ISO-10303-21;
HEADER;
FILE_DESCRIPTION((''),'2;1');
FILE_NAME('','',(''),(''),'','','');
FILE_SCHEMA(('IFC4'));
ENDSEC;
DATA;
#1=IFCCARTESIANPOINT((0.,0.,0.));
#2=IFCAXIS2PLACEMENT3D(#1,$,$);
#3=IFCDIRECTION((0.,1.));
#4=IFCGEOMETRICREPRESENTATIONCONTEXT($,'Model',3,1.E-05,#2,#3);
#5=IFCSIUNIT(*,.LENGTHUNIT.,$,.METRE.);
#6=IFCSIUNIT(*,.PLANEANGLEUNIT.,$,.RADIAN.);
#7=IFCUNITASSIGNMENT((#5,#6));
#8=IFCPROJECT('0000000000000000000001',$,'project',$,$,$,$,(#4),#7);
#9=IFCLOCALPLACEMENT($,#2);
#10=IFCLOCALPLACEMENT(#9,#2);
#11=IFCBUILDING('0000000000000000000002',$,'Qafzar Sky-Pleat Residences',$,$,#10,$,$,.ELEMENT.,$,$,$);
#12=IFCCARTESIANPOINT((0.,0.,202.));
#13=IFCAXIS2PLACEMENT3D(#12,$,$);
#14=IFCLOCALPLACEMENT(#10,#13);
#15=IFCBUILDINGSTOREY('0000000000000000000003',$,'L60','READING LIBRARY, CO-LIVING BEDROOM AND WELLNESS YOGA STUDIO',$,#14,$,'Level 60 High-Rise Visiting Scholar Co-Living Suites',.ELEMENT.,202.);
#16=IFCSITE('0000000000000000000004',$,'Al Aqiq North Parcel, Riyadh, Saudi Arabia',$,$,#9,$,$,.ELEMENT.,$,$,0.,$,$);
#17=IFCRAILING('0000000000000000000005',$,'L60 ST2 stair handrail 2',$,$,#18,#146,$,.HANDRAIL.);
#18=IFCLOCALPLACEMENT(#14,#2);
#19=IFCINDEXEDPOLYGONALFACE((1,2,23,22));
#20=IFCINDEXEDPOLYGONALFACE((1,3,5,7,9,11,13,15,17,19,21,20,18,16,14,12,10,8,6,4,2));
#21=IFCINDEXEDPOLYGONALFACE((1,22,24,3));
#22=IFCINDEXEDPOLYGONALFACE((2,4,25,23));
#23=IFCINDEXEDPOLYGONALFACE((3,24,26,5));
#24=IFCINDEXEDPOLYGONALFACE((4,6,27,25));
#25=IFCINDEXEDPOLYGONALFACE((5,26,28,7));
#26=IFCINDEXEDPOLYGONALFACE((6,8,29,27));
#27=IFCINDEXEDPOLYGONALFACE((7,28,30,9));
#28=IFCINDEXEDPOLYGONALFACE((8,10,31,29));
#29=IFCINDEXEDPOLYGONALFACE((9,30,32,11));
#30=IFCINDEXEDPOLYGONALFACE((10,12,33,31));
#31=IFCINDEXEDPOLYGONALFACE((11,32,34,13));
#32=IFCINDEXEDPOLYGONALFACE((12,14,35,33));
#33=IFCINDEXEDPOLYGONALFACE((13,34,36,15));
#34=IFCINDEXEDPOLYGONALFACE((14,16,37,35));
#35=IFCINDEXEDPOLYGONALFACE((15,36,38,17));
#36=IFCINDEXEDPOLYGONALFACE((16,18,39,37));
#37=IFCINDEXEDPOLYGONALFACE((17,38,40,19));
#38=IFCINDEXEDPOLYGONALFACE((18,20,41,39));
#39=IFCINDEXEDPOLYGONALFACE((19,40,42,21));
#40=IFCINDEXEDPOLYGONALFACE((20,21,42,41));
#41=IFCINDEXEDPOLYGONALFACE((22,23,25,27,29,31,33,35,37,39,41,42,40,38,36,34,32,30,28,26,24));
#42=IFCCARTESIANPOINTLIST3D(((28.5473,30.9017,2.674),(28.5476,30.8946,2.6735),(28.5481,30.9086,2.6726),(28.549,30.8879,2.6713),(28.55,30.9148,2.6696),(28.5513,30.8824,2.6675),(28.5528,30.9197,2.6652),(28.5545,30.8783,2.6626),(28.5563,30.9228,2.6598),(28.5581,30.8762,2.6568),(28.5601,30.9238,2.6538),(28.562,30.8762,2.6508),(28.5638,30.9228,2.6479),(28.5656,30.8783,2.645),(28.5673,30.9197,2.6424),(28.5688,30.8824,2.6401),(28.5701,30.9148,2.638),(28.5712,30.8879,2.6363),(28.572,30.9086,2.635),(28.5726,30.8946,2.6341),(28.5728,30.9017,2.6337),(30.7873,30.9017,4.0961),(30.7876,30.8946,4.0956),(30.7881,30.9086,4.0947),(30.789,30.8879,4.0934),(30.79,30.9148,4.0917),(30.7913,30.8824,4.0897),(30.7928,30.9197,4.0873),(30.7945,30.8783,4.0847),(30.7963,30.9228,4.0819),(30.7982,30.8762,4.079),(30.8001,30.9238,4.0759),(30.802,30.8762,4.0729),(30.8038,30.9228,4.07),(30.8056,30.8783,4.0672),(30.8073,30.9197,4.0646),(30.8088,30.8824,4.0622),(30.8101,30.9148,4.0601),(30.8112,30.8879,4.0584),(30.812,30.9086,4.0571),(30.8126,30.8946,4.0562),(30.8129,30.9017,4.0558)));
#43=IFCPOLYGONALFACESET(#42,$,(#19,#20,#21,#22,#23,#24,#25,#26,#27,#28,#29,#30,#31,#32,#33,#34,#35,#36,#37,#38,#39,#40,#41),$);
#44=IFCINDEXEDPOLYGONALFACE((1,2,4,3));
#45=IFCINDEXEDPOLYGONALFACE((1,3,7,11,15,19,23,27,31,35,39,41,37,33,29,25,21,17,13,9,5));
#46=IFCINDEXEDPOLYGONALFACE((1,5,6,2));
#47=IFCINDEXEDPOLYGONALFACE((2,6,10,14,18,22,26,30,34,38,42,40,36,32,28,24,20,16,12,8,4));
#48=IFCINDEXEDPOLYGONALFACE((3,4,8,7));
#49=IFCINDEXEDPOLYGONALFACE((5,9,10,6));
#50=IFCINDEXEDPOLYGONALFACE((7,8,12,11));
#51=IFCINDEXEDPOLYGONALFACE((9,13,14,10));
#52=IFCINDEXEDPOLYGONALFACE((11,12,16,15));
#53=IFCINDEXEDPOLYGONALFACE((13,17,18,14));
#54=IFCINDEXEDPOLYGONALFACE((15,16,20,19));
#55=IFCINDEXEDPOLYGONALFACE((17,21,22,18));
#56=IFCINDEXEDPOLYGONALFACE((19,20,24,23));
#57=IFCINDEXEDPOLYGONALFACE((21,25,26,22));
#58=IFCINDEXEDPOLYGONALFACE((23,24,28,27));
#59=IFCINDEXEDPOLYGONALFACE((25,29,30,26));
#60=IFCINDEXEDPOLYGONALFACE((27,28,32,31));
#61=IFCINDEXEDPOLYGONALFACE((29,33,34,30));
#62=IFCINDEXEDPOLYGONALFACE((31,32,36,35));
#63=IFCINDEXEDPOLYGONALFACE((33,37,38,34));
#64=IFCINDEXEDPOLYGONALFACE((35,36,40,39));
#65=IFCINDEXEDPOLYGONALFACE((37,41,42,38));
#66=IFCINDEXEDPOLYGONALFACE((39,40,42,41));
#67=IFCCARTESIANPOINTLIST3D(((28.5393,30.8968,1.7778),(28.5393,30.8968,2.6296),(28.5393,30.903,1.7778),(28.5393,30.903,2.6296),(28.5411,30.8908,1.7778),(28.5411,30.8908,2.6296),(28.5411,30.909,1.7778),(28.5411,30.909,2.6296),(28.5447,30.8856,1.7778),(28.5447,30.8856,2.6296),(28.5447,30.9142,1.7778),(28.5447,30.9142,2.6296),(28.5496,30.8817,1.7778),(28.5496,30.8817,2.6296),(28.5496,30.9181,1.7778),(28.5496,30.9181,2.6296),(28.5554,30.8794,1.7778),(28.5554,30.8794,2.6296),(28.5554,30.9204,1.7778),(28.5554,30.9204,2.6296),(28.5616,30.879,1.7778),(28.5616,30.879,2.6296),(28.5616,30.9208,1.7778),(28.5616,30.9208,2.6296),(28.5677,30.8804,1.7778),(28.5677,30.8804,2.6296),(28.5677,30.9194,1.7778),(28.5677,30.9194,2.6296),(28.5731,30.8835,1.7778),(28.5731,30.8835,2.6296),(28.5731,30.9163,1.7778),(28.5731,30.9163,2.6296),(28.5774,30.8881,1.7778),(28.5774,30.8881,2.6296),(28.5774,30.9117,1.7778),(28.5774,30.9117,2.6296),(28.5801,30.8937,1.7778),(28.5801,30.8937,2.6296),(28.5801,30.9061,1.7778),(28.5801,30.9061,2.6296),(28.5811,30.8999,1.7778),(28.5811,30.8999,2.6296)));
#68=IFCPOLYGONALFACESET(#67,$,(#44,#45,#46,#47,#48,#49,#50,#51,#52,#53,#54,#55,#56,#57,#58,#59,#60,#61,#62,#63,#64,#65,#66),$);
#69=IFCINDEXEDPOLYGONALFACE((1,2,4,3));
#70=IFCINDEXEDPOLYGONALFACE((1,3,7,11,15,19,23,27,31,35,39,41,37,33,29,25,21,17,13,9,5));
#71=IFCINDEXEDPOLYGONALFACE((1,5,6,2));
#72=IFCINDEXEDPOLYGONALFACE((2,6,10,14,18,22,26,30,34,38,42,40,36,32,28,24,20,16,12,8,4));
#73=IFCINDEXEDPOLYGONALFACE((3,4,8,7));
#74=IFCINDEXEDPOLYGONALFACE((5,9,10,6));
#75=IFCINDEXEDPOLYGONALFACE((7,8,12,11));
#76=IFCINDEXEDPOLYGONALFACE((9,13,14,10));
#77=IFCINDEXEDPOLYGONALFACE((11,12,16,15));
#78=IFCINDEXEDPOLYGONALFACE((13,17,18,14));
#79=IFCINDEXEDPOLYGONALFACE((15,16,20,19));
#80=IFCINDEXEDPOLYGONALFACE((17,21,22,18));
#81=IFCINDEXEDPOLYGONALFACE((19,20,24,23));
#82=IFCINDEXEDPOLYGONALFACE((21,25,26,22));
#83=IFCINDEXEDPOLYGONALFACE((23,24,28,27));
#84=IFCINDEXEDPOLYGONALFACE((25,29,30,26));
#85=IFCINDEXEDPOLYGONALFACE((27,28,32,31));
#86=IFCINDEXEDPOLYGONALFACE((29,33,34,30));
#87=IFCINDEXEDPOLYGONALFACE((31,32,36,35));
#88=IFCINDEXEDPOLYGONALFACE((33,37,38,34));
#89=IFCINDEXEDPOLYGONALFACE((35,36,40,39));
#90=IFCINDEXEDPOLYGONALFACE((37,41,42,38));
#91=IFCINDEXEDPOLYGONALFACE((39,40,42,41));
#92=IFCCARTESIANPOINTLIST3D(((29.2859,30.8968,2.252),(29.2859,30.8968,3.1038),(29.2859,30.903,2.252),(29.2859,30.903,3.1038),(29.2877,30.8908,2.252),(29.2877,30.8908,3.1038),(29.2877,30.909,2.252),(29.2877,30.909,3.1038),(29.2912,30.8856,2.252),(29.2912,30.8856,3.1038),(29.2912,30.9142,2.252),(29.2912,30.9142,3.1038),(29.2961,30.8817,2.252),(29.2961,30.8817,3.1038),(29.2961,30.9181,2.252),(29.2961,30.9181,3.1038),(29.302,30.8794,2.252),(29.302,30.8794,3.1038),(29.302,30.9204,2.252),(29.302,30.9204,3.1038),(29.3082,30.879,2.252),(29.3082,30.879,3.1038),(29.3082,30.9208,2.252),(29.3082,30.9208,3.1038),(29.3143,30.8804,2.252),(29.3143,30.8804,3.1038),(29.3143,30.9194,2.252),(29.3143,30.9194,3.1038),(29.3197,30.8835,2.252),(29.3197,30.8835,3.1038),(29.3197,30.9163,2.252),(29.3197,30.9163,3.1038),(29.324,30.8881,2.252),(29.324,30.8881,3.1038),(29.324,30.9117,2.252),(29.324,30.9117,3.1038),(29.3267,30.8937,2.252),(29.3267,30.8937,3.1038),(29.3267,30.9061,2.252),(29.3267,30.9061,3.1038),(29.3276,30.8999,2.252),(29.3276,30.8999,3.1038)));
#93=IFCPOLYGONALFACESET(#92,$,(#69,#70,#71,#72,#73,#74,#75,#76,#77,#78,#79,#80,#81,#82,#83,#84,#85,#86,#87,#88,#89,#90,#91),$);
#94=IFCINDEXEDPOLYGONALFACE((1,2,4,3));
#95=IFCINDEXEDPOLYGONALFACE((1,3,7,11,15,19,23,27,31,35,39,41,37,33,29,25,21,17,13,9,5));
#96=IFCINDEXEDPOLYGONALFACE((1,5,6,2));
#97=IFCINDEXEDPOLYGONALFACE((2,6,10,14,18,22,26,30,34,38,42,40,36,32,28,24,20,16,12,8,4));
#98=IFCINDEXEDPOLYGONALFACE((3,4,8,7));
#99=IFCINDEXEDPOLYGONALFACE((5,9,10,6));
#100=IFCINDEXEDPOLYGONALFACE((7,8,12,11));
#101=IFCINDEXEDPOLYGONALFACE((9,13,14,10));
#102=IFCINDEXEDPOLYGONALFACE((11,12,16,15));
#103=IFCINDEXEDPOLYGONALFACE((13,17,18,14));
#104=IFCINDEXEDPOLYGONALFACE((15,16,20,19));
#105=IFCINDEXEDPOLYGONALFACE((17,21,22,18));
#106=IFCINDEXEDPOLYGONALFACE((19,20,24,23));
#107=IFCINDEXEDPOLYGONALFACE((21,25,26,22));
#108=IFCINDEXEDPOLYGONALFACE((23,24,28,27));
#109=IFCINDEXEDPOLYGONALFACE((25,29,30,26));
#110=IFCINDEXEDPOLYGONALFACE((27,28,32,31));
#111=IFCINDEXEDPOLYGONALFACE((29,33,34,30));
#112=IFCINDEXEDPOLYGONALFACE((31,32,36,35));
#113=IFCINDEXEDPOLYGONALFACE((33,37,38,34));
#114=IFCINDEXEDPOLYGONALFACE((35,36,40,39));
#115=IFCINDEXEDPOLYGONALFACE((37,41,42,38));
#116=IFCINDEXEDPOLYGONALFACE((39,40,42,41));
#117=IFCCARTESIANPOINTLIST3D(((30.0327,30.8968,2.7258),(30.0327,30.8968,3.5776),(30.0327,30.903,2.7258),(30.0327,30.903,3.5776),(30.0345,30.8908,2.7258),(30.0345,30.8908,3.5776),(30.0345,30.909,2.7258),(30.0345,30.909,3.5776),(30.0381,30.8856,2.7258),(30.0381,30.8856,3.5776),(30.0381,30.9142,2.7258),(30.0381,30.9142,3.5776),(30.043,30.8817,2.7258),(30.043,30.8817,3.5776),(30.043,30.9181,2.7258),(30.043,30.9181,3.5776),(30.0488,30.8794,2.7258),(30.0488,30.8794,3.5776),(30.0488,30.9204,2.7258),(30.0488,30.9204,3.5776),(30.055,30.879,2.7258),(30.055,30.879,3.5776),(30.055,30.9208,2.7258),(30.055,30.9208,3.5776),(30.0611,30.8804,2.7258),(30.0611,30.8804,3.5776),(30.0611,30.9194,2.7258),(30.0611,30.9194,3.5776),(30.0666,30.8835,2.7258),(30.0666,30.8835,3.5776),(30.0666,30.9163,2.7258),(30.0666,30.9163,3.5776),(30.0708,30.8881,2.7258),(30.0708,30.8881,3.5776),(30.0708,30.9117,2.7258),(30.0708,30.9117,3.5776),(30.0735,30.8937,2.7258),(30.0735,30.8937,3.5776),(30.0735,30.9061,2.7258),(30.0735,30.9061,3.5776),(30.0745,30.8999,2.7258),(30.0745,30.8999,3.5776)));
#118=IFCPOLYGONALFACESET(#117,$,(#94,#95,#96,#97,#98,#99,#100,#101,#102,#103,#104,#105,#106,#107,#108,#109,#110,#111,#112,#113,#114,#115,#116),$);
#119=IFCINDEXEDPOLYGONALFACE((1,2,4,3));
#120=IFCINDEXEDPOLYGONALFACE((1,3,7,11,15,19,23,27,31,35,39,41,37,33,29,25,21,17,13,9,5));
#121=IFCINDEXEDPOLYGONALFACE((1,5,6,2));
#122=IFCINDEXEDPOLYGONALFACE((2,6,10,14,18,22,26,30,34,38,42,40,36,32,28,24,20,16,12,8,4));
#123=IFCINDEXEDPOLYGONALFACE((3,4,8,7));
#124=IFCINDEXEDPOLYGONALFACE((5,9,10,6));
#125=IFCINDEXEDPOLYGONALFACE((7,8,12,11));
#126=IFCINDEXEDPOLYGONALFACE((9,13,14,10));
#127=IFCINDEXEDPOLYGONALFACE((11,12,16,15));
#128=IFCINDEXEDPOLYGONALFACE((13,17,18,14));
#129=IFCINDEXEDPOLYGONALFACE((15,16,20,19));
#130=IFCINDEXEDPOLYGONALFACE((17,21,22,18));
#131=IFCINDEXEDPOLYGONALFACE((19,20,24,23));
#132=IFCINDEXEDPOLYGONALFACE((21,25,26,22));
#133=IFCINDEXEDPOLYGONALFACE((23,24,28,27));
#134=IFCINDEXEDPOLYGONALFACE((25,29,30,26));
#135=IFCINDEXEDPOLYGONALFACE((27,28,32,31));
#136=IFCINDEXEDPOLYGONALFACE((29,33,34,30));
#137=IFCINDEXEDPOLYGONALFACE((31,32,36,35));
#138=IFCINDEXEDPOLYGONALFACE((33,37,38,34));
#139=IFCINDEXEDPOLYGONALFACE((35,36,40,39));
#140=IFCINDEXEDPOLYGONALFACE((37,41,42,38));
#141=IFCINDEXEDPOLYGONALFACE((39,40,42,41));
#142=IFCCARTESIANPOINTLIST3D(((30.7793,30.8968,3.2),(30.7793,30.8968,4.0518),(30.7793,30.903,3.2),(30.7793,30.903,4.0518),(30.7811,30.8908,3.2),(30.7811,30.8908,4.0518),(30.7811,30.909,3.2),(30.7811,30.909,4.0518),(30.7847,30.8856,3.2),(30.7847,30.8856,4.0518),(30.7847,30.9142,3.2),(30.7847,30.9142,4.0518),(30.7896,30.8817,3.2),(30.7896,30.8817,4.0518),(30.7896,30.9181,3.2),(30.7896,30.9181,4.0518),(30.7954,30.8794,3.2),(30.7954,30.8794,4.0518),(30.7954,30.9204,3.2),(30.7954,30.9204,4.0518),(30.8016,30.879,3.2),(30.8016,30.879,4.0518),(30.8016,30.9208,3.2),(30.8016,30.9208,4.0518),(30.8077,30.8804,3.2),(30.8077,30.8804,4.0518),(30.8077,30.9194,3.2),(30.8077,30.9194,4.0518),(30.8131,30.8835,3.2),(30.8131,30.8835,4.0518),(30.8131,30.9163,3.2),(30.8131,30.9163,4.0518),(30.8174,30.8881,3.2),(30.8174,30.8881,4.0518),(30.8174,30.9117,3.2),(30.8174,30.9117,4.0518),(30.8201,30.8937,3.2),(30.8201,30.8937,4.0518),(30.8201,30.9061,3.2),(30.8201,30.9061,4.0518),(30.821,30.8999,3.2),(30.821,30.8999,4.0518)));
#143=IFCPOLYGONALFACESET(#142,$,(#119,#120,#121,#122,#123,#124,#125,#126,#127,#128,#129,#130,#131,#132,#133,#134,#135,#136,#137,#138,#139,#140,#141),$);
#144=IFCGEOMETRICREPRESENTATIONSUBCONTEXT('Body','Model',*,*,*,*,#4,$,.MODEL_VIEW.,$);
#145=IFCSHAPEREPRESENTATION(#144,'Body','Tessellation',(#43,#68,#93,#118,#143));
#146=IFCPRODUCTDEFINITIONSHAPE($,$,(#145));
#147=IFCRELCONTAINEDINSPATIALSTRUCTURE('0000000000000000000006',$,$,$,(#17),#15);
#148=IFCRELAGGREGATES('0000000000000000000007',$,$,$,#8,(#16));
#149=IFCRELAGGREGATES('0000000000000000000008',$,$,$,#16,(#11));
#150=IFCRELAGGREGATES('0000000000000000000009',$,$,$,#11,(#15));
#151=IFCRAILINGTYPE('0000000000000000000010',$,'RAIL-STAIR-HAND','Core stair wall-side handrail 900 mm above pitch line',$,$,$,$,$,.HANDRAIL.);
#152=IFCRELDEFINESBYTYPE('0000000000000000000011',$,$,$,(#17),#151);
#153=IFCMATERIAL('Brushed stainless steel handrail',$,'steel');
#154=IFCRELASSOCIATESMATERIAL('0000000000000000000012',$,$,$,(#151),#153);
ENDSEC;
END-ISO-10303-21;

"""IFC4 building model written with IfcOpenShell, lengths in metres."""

from ifc_helpers import new_model, si_unit, direction, frame, origin, origin_2d, place, context, subcontext, project, spatial, circle, extrude, source, transform, mapped, material, type_object, element, save


model = new_model("IFC4")

# Units and contexts
model_context = context("Model", 3, precision=1e-05, world=origin(), true_north=direction((0.0, 1.0)))
body_context = subcontext(model_context, "Body", "Model", "MODEL_VIEW")
ifc_project = project(units=[si_unit("LENGTHUNIT", "METRE"), si_unit("PLANEANGLEUNIT", "RADIAN")], contexts=[model_context])

# Site, building, storey
site_placement = place(None, origin())
site = spatial("IfcSite", under=ifc_project, at=site_placement, Name="Al Aqiq North Parcel, Riyadh, Saudi Arabia", CompositionType="ELEMENT", RefElevation=0.0)
building_placement = place(site_placement, origin())
building = spatial("IfcBuilding", under=site, at=building_placement, Name="Qafzar Sky-Pleat Residences", CompositionType="ELEMENT")
storey_placement = place(building_placement, frame((0.0, 0.0, 202.0)))
storey = spatial("IfcBuildingStorey", under=building, at=storey_placement, Name="L60", Description="READING LIBRARY, CO-LIVING BEDROOM AND WELLNESS YOGA STUDIO", LongName="Level 60 High-Rise Visiting Scholar Co-Living Suites", CompositionType="ELEMENT", Elevation=202.0)

# Railing
ifc_material_1 = material(Name="Brushed stainless steel handrail", Category="steel")
railing_type_1 = type_object("IfcRailingType", Name="RAIL-STAIR-HAND", Description="Core stair wall-side handrail 900 mm above pitch line", PredefinedType="HANDRAIL", material=ifc_material_1)
shared_shape_1 = source(origin(), body_context, "Body", "SweptSolid", [
    extrude(circle(Radius=0.0239, at=origin_2d()), frame((0.0, 0.0, 0.876), z_axis=(0.844229, 0.0, 0.535982), x_axis=(0.0, 1.0, 0.0)), (0.0, 0.0, 1.0), 2.6533),
    extrude(circle(Radius=0.021, at=origin_2d()), origin(), (0.0, 0.0, 1.0), 0.8518),
    extrude(circle(Radius=0.021, at=origin_2d()), frame((0.7466, 0.0, 0.4741)), (0.0, 0.0, 1.0), 0.8518),
    extrude(circle(Radius=0.021, at=origin_2d()), frame((1.4934, 0.0, 0.948)), (0.0, 0.0, 1.0), 0.8518),
    extrude(circle(Radius=0.021, at=origin_2d()), frame((2.24, 0.0, 1.4221)), (0.0, 0.0, 1.0), 0.8518),
])
railing_1_placement = place(storey_placement, frame((28.5601, 30.8999, 1.7778)))
element("IfcRailing", 1, at=railing_1_placement, inside=storey, type_object=railing_type_1, Name="L60 ST2 stair handrail 2", PredefinedType="HANDRAIL", context=body_context, shape_type="MappedRepresentation", body=[
    mapped(shared_shape_1, transform((0.0, 0.0, 0.0), x_axis=(1.0, 0.0, 0.0), y_axis=(0.0, 1.0, 0.0), z_axis=(0.0, 0.0, 1.0), scale=1.0)),
])

save(model, "model.ifc")
